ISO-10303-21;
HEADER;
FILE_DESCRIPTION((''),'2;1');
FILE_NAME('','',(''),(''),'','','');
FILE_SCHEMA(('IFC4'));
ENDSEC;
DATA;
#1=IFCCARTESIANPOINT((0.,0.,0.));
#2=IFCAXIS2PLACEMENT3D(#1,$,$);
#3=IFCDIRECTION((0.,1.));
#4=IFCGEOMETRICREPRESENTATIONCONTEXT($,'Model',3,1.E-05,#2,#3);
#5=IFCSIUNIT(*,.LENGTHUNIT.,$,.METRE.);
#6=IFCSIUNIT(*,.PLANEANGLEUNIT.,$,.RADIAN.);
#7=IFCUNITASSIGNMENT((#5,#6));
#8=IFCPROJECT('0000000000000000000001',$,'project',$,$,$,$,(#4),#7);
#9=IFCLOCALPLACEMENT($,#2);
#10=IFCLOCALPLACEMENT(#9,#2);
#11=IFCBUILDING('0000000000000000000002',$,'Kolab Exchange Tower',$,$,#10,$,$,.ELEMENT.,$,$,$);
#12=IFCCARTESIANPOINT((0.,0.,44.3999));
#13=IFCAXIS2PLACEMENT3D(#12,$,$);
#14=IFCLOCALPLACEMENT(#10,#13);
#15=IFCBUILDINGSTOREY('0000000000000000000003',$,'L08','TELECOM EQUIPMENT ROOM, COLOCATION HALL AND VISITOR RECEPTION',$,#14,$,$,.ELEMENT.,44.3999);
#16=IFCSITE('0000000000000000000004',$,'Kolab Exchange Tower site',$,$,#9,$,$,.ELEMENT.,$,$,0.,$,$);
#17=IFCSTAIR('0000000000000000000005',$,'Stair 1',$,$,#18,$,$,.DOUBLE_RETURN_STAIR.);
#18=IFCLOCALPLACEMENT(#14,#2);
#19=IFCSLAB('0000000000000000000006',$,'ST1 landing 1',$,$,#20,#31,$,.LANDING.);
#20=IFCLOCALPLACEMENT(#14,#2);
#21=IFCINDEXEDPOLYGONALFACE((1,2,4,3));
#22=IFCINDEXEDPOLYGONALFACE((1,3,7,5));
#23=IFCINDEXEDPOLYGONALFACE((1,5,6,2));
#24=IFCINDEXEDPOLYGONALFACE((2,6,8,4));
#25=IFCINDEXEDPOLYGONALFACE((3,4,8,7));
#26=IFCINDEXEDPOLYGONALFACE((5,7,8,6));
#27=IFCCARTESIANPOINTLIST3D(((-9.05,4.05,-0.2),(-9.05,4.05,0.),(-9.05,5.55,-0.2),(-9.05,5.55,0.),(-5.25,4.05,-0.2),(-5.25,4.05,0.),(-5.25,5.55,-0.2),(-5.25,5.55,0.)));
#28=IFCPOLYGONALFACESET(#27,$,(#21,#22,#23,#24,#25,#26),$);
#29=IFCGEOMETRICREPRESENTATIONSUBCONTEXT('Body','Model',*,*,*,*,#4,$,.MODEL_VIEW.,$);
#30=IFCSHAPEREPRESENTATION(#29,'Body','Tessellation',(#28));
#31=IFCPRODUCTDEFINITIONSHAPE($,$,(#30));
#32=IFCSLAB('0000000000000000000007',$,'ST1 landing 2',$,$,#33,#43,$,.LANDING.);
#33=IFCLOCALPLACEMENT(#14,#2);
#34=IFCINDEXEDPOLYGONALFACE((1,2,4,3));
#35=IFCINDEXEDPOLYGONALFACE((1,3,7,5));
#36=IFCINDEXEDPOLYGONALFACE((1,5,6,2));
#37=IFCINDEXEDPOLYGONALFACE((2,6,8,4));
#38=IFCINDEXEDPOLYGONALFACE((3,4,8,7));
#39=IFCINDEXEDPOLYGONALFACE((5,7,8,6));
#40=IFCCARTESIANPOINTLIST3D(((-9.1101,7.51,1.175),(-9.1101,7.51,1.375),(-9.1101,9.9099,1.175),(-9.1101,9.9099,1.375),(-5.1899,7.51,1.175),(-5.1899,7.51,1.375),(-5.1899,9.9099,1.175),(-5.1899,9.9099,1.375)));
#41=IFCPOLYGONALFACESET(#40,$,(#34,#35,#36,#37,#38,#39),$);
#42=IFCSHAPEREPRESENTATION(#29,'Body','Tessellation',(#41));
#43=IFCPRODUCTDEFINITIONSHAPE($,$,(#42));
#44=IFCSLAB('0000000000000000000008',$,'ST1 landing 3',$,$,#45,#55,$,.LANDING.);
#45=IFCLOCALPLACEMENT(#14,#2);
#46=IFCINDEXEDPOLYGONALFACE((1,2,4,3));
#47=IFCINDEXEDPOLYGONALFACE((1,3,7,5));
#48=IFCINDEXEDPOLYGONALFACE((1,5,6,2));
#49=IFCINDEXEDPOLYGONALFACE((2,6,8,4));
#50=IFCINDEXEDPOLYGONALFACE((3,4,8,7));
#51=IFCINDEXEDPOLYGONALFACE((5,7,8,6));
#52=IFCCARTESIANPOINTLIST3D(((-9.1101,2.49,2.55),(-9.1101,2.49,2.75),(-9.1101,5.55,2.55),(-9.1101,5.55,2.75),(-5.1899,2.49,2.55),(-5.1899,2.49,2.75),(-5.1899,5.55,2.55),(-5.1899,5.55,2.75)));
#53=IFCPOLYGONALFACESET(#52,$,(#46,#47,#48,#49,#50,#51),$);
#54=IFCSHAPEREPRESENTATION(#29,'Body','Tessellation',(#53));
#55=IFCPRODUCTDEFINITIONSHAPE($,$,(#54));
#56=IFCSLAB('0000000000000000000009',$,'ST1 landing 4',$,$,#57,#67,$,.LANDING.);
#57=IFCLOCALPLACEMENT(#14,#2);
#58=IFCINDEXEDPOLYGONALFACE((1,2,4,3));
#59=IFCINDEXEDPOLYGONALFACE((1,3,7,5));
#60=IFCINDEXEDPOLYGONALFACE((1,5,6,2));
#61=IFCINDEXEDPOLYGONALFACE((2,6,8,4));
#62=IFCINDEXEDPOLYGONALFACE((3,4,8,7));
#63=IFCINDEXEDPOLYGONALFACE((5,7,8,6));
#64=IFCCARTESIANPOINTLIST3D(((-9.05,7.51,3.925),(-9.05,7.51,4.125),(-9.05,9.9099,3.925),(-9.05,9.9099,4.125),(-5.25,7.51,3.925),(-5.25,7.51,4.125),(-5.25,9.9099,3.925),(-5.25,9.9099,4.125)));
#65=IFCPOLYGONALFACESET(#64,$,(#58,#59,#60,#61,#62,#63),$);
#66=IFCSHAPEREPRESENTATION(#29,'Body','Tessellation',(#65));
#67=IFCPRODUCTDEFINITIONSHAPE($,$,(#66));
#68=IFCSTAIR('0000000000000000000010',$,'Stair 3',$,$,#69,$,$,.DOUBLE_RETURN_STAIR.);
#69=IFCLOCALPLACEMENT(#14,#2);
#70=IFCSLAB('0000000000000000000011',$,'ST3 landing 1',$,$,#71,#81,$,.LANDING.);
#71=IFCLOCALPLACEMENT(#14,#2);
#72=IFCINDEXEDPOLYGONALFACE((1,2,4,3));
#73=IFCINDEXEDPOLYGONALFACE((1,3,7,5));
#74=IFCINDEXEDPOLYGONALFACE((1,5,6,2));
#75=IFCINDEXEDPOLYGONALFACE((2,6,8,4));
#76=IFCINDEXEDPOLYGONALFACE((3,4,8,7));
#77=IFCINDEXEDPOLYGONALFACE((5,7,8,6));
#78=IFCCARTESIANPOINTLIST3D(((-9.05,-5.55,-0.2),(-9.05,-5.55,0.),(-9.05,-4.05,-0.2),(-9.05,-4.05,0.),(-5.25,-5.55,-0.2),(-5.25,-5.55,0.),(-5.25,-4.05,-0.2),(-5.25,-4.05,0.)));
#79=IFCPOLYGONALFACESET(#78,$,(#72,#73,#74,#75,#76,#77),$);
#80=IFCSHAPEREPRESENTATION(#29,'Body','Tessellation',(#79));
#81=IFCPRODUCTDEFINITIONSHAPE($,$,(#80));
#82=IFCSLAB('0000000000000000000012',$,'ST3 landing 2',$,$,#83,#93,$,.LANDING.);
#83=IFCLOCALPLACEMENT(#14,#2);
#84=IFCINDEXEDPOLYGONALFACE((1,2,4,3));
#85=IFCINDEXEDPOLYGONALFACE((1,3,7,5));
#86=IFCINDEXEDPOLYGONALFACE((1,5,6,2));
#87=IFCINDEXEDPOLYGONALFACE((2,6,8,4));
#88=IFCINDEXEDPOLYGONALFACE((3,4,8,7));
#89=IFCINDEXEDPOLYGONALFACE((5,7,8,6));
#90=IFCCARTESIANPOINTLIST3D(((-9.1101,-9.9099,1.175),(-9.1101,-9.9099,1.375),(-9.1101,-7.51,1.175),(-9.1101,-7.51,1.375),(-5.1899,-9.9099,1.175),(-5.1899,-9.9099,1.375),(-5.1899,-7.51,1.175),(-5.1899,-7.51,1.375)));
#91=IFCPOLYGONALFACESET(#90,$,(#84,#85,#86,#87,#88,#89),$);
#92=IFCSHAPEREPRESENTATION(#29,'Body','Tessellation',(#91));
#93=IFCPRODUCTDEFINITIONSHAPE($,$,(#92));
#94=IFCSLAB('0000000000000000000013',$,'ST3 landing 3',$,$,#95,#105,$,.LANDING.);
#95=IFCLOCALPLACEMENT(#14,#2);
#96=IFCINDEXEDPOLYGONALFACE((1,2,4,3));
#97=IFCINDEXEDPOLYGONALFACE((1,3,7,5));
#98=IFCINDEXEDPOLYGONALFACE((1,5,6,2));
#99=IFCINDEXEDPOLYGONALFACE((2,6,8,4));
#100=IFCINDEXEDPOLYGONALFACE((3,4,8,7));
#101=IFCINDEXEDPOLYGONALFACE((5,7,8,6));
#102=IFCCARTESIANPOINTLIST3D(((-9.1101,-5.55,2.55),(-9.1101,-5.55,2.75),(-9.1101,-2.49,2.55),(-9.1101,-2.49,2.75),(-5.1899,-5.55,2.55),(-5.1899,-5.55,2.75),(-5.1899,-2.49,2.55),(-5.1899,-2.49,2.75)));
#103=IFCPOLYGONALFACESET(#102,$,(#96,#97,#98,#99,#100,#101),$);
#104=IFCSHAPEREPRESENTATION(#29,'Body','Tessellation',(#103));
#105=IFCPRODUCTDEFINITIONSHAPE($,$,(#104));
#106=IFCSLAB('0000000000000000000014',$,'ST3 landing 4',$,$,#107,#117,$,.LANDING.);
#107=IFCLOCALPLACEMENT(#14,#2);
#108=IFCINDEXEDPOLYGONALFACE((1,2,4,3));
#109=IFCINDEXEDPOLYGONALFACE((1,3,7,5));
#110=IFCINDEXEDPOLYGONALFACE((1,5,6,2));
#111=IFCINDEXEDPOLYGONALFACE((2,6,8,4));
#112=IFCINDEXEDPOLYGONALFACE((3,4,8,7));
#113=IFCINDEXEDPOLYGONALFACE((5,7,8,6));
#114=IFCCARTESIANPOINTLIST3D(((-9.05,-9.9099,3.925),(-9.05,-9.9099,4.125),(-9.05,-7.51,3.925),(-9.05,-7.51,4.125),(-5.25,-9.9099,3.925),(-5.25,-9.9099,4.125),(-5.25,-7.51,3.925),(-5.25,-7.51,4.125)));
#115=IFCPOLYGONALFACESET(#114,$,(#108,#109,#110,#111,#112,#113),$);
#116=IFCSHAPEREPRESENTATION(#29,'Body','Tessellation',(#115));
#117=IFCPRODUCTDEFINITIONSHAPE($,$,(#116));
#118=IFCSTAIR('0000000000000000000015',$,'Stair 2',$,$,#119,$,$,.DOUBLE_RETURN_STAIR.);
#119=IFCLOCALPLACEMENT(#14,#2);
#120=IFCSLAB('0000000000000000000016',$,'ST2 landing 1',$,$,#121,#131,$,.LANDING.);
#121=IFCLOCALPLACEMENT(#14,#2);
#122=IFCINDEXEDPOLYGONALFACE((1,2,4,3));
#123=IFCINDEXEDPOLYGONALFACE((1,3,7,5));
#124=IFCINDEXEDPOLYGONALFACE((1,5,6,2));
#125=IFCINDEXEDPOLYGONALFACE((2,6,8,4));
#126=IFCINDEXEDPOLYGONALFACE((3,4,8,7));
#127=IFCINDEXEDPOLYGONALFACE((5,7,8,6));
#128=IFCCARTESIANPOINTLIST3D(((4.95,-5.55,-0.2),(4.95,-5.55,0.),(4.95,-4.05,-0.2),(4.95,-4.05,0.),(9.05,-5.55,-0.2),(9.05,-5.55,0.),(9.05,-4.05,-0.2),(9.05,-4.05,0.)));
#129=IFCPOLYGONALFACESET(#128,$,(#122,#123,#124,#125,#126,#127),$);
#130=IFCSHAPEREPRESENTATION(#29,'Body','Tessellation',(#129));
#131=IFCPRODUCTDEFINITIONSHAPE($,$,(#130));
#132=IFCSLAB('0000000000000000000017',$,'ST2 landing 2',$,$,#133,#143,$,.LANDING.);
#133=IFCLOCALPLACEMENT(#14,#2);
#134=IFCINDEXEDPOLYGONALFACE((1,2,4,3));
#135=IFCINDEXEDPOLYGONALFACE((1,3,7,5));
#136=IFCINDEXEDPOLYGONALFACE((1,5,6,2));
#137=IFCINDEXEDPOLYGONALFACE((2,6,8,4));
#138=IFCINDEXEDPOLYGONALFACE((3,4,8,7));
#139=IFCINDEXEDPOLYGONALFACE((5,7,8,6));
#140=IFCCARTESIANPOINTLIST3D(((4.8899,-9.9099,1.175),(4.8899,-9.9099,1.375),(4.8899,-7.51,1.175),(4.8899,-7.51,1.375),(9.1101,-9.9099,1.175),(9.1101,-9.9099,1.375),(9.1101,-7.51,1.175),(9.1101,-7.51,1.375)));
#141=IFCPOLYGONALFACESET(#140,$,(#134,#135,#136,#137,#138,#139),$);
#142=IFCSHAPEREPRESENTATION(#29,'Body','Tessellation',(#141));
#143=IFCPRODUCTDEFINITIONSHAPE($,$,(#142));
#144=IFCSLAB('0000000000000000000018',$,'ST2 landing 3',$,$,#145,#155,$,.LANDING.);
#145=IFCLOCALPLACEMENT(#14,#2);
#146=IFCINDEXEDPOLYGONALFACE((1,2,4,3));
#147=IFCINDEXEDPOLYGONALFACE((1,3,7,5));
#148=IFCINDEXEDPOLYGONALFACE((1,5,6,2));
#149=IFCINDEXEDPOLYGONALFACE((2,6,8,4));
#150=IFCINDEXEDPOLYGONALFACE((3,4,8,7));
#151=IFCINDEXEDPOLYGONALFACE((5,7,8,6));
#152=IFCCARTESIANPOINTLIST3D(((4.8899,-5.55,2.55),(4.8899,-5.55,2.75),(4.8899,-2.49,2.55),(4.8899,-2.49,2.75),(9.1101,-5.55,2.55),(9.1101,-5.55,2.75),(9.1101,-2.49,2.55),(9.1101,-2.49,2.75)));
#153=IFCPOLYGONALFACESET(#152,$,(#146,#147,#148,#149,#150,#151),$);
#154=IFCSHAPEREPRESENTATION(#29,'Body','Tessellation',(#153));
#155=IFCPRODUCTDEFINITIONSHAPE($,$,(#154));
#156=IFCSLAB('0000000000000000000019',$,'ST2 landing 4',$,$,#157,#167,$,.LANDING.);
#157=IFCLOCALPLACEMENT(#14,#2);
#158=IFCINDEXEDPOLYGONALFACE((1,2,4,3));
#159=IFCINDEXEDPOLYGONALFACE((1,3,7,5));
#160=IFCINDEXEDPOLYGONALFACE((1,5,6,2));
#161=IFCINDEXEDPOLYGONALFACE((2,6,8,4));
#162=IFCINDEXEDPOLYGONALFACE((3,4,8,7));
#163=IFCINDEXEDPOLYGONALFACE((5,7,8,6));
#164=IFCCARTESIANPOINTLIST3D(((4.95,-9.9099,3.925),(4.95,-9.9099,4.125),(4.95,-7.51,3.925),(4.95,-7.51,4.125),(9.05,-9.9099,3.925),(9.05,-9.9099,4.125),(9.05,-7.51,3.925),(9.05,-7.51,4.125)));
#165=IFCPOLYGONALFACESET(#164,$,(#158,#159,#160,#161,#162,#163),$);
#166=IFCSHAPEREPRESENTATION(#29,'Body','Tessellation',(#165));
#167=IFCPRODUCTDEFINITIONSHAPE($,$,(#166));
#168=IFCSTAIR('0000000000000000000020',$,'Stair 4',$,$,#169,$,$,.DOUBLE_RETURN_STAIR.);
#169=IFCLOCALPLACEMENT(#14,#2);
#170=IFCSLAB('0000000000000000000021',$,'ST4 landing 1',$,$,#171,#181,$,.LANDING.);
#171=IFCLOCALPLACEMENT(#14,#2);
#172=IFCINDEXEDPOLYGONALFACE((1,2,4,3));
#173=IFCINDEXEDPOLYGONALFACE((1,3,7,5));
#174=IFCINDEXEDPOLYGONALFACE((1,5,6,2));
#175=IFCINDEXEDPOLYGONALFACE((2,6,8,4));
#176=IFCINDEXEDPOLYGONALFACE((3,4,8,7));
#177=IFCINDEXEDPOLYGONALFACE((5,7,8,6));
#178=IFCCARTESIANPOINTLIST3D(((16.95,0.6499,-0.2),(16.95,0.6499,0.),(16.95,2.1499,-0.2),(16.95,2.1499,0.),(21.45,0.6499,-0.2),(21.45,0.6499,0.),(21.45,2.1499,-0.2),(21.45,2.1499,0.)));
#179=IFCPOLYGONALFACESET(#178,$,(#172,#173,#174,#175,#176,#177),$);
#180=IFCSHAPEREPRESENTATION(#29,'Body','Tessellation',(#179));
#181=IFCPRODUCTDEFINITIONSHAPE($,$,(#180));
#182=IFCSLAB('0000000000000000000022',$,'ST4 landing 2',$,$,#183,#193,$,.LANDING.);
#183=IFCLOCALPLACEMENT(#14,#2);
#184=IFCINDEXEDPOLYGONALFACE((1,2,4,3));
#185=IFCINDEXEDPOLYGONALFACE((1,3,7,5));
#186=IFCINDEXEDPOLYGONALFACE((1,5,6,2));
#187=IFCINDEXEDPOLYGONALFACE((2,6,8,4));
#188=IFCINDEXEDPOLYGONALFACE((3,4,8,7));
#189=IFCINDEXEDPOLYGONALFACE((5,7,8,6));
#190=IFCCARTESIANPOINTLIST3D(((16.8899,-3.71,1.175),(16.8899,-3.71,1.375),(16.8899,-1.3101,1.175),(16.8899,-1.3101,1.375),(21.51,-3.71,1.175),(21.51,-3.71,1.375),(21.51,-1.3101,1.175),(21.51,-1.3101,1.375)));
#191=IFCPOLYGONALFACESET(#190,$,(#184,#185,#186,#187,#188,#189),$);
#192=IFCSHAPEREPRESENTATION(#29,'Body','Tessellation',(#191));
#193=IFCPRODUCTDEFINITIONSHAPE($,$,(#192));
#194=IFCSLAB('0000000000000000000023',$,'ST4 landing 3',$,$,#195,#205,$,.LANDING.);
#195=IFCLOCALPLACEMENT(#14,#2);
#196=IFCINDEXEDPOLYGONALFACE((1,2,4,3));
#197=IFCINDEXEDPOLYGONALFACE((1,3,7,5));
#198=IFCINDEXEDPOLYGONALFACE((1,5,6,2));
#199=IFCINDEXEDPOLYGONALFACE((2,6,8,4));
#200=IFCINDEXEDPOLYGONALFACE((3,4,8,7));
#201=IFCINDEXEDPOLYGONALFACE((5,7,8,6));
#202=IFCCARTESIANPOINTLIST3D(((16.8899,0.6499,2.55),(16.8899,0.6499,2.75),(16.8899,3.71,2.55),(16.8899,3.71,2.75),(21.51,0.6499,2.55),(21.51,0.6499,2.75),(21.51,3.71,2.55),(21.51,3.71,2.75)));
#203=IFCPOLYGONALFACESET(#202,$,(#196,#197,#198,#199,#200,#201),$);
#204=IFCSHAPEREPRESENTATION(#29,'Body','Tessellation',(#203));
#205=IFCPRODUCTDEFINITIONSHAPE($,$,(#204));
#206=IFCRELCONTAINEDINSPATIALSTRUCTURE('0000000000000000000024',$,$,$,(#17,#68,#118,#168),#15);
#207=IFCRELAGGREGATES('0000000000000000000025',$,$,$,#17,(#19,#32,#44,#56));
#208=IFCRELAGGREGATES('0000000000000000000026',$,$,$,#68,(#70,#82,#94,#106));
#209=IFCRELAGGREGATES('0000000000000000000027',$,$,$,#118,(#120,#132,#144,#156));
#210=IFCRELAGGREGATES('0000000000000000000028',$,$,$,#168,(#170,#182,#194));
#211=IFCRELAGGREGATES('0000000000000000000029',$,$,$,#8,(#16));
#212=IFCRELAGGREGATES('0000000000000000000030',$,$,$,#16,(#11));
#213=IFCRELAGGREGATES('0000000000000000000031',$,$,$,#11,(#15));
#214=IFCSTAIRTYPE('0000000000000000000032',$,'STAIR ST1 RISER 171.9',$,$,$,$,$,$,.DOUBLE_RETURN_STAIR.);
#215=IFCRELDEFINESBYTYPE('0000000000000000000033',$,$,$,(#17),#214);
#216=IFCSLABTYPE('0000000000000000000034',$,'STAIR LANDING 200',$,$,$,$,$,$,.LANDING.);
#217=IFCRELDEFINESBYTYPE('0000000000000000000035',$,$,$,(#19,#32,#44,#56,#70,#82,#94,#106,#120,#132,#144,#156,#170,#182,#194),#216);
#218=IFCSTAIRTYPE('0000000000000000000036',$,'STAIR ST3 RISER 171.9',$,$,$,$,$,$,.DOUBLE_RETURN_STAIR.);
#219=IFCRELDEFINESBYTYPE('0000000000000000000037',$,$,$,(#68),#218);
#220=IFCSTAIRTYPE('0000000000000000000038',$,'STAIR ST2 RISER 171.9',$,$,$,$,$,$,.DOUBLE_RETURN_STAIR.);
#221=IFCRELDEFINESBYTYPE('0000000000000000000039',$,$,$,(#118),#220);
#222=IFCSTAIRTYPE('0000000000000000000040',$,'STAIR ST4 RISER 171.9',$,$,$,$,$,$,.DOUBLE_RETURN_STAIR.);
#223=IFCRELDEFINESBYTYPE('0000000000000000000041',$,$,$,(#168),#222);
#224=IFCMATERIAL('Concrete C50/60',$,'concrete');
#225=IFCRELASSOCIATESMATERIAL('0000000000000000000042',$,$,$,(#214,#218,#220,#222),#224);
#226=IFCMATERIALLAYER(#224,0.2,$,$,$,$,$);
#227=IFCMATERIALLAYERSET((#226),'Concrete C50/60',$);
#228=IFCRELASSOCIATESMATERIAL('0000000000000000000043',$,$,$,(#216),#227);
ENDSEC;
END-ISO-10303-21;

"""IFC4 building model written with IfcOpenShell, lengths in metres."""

from ifc_helpers import new_model, si_unit, direction, frame, origin, place, context, subcontext, project, spatial, polyline, outline, extrude, material, layer, layer_set, type_object, element, aggregate, save


model = new_model("IFC4")

# Units and contexts
model_context = context("Model", 3, precision=1e-05, world=origin(), true_north=direction((0.0, 1.0)))
body_context = subcontext(model_context, "Body", "Model", "MODEL_VIEW")
ifc_project = project(units=[si_unit("LENGTHUNIT", "METRE"), si_unit("PLANEANGLEUNIT", "RADIAN")], contexts=[model_context])

# Site, building, storey
site_placement = place(None, origin())
site = spatial("IfcSite", under=ifc_project, at=site_placement, Name="Kolab Exchange Tower site", CompositionType="ELEMENT", RefElevation=0.0)
building_placement = place(site_placement, origin())
building = spatial("IfcBuilding", under=site, at=building_placement, Name="Kolab Exchange Tower", CompositionType="ELEMENT")
storey_placement = place(building_placement, frame((0.0, 0.0, 44.3999)))
storey = spatial("IfcBuildingStorey", under=building, at=storey_placement, Name="L08", Description="TELECOM EQUIPMENT ROOM, COLOCATION HALL AND VISITOR RECEPTION", CompositionType="ELEMENT", Elevation=44.3999)

# Stairs, slabs
ifc_material = material(Name="Concrete C50/60", Category="concrete")
stair_type_1 = type_object("IfcStairType", Name="STAIR ST1 RISER 171.9", PredefinedType="DOUBLE_RETURN_STAIR", material=ifc_material)
stair_1_placement = place(storey_placement, origin())
stair_1 = element("IfcStair", 1, at=stair_1_placement, inside=storey, type_object=stair_type_1, Name="Stair 1", PredefinedType="DOUBLE_RETURN_STAIR")
ifc_layer = layer(ifc_material, 0.2)
ifc_layer_set = layer_set([ifc_layer], Name="Concrete C50/60")
slab_type = type_object("IfcSlabType", Name="STAIR LANDING 200", PredefinedType="LANDING", material=ifc_layer_set)
slab_1_placement = place(storey_placement, frame((0.0, 0.0, -0.2)))
slab_1 = element("IfcSlab", 2, at=slab_1_placement, type_object=slab_type, Name="ST1 landing 1", PredefinedType="LANDING", context=body_context, shape_type="SweptSolid", body=[
    extrude(outline(polyline([(-9.05, 4.05), (-5.25, 4.05), (-5.25, 5.55), (-9.05, 5.55), (-9.05, 4.05)])), origin(), (0.0, 0.0, 1.0), 0.2),
])
slab_2_placement = place(storey_placement, frame((0.0, 0.0, 1.175)))
slab_2 = element("IfcSlab", 3, at=slab_2_placement, type_object=slab_type, Name="ST1 landing 2", PredefinedType="LANDING", context=body_context, shape_type="SweptSolid", body=[
    extrude(outline(polyline([(-9.1101, 7.51), (-5.1899, 7.51), (-5.1899, 9.9099), (-9.1101, 9.9099), (-9.1101, 7.51)])), origin(), (0.0, 0.0, 1.0), 0.2),
])
slab_3_placement = place(storey_placement, frame((0.0, 0.0, 2.55)))
slab_3 = element("IfcSlab", 4, at=slab_3_placement, type_object=slab_type, Name="ST1 landing 3", PredefinedType="LANDING", context=body_context, shape_type="SweptSolid", body=[
    extrude(outline(polyline([(-9.1101, 2.49), (-5.1899, 2.49), (-5.1899, 5.55), (-9.1101, 5.55), (-9.1101, 2.49)])), origin(), (0.0, 0.0, 1.0), 0.2),
])
slab_4_placement = place(storey_placement, frame((0.0, 0.0, 3.925)))
slab_4 = element("IfcSlab", 5, at=slab_4_placement, type_object=slab_type, Name="ST1 landing 4", PredefinedType="LANDING", context=body_context, shape_type="SweptSolid", body=[
    extrude(outline(polyline([(-9.05, 7.51), (-5.25, 7.51), (-5.25, 9.9099), (-9.05, 9.9099), (-9.05, 7.51)])), origin(), (0.0, 0.0, 1.0), 0.2),
])
aggregate(stair_1, [slab_1, slab_2, slab_3, slab_4])
stair_type_2 = type_object("IfcStairType", Name="STAIR ST3 RISER 171.9", PredefinedType="DOUBLE_RETURN_STAIR", material=ifc_material)
stair_2_placement = place(storey_placement, origin())
stair_2 = element("IfcStair", 6, at=stair_2_placement, inside=storey, type_object=stair_type_2, Name="Stair 3", PredefinedType="DOUBLE_RETURN_STAIR")
slab_5_placement = place(storey_placement, frame((0.0, 0.0, -0.2)))
slab_5 = element("IfcSlab", 7, at=slab_5_placement, type_object=slab_type, Name="ST3 landing 1", PredefinedType="LANDING", context=body_context, shape_type="SweptSolid", body=[
    extrude(outline(polyline([(-9.05, -5.55), (-5.25, -5.55), (-5.25, -4.05), (-9.05, -4.05), (-9.05, -5.55)])), origin(), (0.0, 0.0, 1.0), 0.2),
])
slab_6_placement = place(storey_placement, frame((0.0, 0.0, 1.175)))
slab_6 = element("IfcSlab", 8, at=slab_6_placement, type_object=slab_type, Name="ST3 landing 2", PredefinedType="LANDING", context=body_context, shape_type="SweptSolid", body=[
    extrude(outline(polyline([(-9.1101, -9.9099), (-5.1899, -9.9099), (-5.1899, -7.51), (-9.1101, -7.51), (-9.1101, -9.9099)])), origin(), (0.0, 0.0, 1.0), 0.2),
])
slab_7_placement = place(storey_placement, frame((0.0, 0.0, 2.55)))
slab_7 = element("IfcSlab", 9, at=slab_7_placement, type_object=slab_type, Name="ST3 landing 3", PredefinedType="LANDING", context=body_context, shape_type="SweptSolid", body=[
    extrude(outline(polyline([(-9.1101, -5.55), (-5.1899, -5.55), (-5.1899, -2.49), (-9.1101, -2.49), (-9.1101, -5.55)])), origin(), (0.0, 0.0, 1.0), 0.2),
])
slab_8_placement = place(storey_placement, frame((0.0, 0.0, 3.925)))
slab_8 = element("IfcSlab", 10, at=slab_8_placement, type_object=slab_type, Name="ST3 landing 4", PredefinedType="LANDING", context=body_context, shape_type="SweptSolid", body=[
    extrude(outline(polyline([(-9.05, -9.9099), (-5.25, -9.9099), (-5.25, -7.51), (-9.05, -7.51), (-9.05, -9.9099)])), origin(), (0.0, 0.0, 1.0), 0.2),
])
aggregate(stair_2, [slab_5, slab_6, slab_7, slab_8])
stair_type_3 = type_object("IfcStairType", Name="STAIR ST2 RISER 171.9", PredefinedType="DOUBLE_RETURN_STAIR", material=ifc_material)
stair_3_placement = place(storey_placement, origin())
stair_3 = element("IfcStair", 11, at=stair_3_placement, inside=storey, type_object=stair_type_3, Name="Stair 2", PredefinedType="DOUBLE_RETURN_STAIR")
slab_9_placement = place(storey_placement, frame((0.0, 0.0, -0.2)))
slab_9 = element("IfcSlab", 12, at=slab_9_placement, type_object=slab_type, Name="ST2 landing 1", PredefinedType="LANDING", context=body_context, shape_type="SweptSolid", body=[
    extrude(outline(polyline([(4.95, -5.55), (9.05, -5.55), (9.05, -4.05), (4.95, -4.05), (4.95, -5.55)])), origin(), (0.0, 0.0, 1.0), 0.2),
])
slab_10_placement = place(storey_placement, frame((0.0, 0.0, 1.175)))
slab_10 = element("IfcSlab", 13, at=slab_10_placement, type_object=slab_type, Name="ST2 landing 2", PredefinedType="LANDING", context=body_context, shape_type="SweptSolid", body=[
    extrude(outline(polyline([(4.8899, -9.9099), (9.1101, -9.9099), (9.1101, -7.51), (4.8899, -7.51), (4.8899, -9.9099)])), origin(), (0.0, 0.0, 1.0), 0.2),
])
slab_11_placement = place(storey_placement, frame((0.0, 0.0, 2.55)))
slab_11 = element("IfcSlab", 14, at=slab_11_placement, type_object=slab_type, Name="ST2 landing 3", PredefinedType="LANDING", context=body_context, shape_type="SweptSolid", body=[
    extrude(outline(polyline([(4.8899, -5.55), (9.1101, -5.55), (9.1101, -2.49), (4.8899, -2.49), (4.8899, -5.55)])), origin(), (0.0, 0.0, 1.0), 0.2),
])
slab_12_placement = place(storey_placement, frame((0.0, 0.0, 3.925)))
slab_12 = element("IfcSlab", 15, at=slab_12_placement, type_object=slab_type, Name="ST2 landing 4", PredefinedType="LANDING", context=body_context, shape_type="SweptSolid", body=[
    extrude(outline(polyline([(4.95, -9.9099), (9.05, -9.9099), (9.05, -7.51), (4.95, -7.51), (4.95, -9.9099)])), origin(), (0.0, 0.0, 1.0), 0.2),
])
aggregate(stair_3, [slab_9, slab_10, slab_11, slab_12])
stair_type_4 = type_object("IfcStairType", Name="STAIR ST4 RISER 171.9", PredefinedType="DOUBLE_RETURN_STAIR", material=ifc_material)
stair_4_placement = place(storey_placement, origin())
stair_4 = element("IfcStair", 16, at=stair_4_placement, inside=storey, type_object=stair_type_4, Name="Stair 4", PredefinedType="DOUBLE_RETURN_STAIR")
slab_13_placement = place(storey_placement, frame((0.0, 0.0, -0.2)))
slab_13 = element("IfcSlab", 17, at=slab_13_placement, type_object=slab_type, Name="ST4 landing 1", PredefinedType="LANDING", context=body_context, shape_type="SweptSolid", body=[
    extrude(outline(polyline([(16.95, 0.6499), (21.45, 0.6499), (21.45, 2.1499), (16.95, 2.1499), (16.95, 0.6499)])), origin(), (0.0, 0.0, 1.0), 0.2),
])
slab_14_placement = place(storey_placement, frame((0.0, 0.0, 1.175)))
slab_14 = element("IfcSlab", 18, at=slab_14_placement, type_object=slab_type, Name="ST4 landing 2", PredefinedType="LANDING", context=body_context, shape_type="SweptSolid", body=[
    extrude(outline(polyline([(16.8899, -3.71), (21.51, -3.71), (21.51, -1.3101), (16.8899, -1.3101), (16.8899, -3.71)])), origin(), (0.0, 0.0, 1.0), 0.2),
])
slab_15_placement = place(storey_placement, frame((0.0, 0.0, 2.55)))
slab_15 = element("IfcSlab", 19, at=slab_15_placement, type_object=slab_type, Name="ST4 landing 3", PredefinedType="LANDING", context=body_context, shape_type="SweptSolid", body=[
    extrude(outline(polyline([(16.8899, 0.6499), (21.51, 0.6499), (21.51, 3.71), (16.8899, 3.71), (16.8899, 0.6499)])), origin(), (0.0, 0.0, 1.0), 0.2),
])
aggregate(stair_4, [slab_13, slab_14, slab_15])

save(model, "model.ifc")
